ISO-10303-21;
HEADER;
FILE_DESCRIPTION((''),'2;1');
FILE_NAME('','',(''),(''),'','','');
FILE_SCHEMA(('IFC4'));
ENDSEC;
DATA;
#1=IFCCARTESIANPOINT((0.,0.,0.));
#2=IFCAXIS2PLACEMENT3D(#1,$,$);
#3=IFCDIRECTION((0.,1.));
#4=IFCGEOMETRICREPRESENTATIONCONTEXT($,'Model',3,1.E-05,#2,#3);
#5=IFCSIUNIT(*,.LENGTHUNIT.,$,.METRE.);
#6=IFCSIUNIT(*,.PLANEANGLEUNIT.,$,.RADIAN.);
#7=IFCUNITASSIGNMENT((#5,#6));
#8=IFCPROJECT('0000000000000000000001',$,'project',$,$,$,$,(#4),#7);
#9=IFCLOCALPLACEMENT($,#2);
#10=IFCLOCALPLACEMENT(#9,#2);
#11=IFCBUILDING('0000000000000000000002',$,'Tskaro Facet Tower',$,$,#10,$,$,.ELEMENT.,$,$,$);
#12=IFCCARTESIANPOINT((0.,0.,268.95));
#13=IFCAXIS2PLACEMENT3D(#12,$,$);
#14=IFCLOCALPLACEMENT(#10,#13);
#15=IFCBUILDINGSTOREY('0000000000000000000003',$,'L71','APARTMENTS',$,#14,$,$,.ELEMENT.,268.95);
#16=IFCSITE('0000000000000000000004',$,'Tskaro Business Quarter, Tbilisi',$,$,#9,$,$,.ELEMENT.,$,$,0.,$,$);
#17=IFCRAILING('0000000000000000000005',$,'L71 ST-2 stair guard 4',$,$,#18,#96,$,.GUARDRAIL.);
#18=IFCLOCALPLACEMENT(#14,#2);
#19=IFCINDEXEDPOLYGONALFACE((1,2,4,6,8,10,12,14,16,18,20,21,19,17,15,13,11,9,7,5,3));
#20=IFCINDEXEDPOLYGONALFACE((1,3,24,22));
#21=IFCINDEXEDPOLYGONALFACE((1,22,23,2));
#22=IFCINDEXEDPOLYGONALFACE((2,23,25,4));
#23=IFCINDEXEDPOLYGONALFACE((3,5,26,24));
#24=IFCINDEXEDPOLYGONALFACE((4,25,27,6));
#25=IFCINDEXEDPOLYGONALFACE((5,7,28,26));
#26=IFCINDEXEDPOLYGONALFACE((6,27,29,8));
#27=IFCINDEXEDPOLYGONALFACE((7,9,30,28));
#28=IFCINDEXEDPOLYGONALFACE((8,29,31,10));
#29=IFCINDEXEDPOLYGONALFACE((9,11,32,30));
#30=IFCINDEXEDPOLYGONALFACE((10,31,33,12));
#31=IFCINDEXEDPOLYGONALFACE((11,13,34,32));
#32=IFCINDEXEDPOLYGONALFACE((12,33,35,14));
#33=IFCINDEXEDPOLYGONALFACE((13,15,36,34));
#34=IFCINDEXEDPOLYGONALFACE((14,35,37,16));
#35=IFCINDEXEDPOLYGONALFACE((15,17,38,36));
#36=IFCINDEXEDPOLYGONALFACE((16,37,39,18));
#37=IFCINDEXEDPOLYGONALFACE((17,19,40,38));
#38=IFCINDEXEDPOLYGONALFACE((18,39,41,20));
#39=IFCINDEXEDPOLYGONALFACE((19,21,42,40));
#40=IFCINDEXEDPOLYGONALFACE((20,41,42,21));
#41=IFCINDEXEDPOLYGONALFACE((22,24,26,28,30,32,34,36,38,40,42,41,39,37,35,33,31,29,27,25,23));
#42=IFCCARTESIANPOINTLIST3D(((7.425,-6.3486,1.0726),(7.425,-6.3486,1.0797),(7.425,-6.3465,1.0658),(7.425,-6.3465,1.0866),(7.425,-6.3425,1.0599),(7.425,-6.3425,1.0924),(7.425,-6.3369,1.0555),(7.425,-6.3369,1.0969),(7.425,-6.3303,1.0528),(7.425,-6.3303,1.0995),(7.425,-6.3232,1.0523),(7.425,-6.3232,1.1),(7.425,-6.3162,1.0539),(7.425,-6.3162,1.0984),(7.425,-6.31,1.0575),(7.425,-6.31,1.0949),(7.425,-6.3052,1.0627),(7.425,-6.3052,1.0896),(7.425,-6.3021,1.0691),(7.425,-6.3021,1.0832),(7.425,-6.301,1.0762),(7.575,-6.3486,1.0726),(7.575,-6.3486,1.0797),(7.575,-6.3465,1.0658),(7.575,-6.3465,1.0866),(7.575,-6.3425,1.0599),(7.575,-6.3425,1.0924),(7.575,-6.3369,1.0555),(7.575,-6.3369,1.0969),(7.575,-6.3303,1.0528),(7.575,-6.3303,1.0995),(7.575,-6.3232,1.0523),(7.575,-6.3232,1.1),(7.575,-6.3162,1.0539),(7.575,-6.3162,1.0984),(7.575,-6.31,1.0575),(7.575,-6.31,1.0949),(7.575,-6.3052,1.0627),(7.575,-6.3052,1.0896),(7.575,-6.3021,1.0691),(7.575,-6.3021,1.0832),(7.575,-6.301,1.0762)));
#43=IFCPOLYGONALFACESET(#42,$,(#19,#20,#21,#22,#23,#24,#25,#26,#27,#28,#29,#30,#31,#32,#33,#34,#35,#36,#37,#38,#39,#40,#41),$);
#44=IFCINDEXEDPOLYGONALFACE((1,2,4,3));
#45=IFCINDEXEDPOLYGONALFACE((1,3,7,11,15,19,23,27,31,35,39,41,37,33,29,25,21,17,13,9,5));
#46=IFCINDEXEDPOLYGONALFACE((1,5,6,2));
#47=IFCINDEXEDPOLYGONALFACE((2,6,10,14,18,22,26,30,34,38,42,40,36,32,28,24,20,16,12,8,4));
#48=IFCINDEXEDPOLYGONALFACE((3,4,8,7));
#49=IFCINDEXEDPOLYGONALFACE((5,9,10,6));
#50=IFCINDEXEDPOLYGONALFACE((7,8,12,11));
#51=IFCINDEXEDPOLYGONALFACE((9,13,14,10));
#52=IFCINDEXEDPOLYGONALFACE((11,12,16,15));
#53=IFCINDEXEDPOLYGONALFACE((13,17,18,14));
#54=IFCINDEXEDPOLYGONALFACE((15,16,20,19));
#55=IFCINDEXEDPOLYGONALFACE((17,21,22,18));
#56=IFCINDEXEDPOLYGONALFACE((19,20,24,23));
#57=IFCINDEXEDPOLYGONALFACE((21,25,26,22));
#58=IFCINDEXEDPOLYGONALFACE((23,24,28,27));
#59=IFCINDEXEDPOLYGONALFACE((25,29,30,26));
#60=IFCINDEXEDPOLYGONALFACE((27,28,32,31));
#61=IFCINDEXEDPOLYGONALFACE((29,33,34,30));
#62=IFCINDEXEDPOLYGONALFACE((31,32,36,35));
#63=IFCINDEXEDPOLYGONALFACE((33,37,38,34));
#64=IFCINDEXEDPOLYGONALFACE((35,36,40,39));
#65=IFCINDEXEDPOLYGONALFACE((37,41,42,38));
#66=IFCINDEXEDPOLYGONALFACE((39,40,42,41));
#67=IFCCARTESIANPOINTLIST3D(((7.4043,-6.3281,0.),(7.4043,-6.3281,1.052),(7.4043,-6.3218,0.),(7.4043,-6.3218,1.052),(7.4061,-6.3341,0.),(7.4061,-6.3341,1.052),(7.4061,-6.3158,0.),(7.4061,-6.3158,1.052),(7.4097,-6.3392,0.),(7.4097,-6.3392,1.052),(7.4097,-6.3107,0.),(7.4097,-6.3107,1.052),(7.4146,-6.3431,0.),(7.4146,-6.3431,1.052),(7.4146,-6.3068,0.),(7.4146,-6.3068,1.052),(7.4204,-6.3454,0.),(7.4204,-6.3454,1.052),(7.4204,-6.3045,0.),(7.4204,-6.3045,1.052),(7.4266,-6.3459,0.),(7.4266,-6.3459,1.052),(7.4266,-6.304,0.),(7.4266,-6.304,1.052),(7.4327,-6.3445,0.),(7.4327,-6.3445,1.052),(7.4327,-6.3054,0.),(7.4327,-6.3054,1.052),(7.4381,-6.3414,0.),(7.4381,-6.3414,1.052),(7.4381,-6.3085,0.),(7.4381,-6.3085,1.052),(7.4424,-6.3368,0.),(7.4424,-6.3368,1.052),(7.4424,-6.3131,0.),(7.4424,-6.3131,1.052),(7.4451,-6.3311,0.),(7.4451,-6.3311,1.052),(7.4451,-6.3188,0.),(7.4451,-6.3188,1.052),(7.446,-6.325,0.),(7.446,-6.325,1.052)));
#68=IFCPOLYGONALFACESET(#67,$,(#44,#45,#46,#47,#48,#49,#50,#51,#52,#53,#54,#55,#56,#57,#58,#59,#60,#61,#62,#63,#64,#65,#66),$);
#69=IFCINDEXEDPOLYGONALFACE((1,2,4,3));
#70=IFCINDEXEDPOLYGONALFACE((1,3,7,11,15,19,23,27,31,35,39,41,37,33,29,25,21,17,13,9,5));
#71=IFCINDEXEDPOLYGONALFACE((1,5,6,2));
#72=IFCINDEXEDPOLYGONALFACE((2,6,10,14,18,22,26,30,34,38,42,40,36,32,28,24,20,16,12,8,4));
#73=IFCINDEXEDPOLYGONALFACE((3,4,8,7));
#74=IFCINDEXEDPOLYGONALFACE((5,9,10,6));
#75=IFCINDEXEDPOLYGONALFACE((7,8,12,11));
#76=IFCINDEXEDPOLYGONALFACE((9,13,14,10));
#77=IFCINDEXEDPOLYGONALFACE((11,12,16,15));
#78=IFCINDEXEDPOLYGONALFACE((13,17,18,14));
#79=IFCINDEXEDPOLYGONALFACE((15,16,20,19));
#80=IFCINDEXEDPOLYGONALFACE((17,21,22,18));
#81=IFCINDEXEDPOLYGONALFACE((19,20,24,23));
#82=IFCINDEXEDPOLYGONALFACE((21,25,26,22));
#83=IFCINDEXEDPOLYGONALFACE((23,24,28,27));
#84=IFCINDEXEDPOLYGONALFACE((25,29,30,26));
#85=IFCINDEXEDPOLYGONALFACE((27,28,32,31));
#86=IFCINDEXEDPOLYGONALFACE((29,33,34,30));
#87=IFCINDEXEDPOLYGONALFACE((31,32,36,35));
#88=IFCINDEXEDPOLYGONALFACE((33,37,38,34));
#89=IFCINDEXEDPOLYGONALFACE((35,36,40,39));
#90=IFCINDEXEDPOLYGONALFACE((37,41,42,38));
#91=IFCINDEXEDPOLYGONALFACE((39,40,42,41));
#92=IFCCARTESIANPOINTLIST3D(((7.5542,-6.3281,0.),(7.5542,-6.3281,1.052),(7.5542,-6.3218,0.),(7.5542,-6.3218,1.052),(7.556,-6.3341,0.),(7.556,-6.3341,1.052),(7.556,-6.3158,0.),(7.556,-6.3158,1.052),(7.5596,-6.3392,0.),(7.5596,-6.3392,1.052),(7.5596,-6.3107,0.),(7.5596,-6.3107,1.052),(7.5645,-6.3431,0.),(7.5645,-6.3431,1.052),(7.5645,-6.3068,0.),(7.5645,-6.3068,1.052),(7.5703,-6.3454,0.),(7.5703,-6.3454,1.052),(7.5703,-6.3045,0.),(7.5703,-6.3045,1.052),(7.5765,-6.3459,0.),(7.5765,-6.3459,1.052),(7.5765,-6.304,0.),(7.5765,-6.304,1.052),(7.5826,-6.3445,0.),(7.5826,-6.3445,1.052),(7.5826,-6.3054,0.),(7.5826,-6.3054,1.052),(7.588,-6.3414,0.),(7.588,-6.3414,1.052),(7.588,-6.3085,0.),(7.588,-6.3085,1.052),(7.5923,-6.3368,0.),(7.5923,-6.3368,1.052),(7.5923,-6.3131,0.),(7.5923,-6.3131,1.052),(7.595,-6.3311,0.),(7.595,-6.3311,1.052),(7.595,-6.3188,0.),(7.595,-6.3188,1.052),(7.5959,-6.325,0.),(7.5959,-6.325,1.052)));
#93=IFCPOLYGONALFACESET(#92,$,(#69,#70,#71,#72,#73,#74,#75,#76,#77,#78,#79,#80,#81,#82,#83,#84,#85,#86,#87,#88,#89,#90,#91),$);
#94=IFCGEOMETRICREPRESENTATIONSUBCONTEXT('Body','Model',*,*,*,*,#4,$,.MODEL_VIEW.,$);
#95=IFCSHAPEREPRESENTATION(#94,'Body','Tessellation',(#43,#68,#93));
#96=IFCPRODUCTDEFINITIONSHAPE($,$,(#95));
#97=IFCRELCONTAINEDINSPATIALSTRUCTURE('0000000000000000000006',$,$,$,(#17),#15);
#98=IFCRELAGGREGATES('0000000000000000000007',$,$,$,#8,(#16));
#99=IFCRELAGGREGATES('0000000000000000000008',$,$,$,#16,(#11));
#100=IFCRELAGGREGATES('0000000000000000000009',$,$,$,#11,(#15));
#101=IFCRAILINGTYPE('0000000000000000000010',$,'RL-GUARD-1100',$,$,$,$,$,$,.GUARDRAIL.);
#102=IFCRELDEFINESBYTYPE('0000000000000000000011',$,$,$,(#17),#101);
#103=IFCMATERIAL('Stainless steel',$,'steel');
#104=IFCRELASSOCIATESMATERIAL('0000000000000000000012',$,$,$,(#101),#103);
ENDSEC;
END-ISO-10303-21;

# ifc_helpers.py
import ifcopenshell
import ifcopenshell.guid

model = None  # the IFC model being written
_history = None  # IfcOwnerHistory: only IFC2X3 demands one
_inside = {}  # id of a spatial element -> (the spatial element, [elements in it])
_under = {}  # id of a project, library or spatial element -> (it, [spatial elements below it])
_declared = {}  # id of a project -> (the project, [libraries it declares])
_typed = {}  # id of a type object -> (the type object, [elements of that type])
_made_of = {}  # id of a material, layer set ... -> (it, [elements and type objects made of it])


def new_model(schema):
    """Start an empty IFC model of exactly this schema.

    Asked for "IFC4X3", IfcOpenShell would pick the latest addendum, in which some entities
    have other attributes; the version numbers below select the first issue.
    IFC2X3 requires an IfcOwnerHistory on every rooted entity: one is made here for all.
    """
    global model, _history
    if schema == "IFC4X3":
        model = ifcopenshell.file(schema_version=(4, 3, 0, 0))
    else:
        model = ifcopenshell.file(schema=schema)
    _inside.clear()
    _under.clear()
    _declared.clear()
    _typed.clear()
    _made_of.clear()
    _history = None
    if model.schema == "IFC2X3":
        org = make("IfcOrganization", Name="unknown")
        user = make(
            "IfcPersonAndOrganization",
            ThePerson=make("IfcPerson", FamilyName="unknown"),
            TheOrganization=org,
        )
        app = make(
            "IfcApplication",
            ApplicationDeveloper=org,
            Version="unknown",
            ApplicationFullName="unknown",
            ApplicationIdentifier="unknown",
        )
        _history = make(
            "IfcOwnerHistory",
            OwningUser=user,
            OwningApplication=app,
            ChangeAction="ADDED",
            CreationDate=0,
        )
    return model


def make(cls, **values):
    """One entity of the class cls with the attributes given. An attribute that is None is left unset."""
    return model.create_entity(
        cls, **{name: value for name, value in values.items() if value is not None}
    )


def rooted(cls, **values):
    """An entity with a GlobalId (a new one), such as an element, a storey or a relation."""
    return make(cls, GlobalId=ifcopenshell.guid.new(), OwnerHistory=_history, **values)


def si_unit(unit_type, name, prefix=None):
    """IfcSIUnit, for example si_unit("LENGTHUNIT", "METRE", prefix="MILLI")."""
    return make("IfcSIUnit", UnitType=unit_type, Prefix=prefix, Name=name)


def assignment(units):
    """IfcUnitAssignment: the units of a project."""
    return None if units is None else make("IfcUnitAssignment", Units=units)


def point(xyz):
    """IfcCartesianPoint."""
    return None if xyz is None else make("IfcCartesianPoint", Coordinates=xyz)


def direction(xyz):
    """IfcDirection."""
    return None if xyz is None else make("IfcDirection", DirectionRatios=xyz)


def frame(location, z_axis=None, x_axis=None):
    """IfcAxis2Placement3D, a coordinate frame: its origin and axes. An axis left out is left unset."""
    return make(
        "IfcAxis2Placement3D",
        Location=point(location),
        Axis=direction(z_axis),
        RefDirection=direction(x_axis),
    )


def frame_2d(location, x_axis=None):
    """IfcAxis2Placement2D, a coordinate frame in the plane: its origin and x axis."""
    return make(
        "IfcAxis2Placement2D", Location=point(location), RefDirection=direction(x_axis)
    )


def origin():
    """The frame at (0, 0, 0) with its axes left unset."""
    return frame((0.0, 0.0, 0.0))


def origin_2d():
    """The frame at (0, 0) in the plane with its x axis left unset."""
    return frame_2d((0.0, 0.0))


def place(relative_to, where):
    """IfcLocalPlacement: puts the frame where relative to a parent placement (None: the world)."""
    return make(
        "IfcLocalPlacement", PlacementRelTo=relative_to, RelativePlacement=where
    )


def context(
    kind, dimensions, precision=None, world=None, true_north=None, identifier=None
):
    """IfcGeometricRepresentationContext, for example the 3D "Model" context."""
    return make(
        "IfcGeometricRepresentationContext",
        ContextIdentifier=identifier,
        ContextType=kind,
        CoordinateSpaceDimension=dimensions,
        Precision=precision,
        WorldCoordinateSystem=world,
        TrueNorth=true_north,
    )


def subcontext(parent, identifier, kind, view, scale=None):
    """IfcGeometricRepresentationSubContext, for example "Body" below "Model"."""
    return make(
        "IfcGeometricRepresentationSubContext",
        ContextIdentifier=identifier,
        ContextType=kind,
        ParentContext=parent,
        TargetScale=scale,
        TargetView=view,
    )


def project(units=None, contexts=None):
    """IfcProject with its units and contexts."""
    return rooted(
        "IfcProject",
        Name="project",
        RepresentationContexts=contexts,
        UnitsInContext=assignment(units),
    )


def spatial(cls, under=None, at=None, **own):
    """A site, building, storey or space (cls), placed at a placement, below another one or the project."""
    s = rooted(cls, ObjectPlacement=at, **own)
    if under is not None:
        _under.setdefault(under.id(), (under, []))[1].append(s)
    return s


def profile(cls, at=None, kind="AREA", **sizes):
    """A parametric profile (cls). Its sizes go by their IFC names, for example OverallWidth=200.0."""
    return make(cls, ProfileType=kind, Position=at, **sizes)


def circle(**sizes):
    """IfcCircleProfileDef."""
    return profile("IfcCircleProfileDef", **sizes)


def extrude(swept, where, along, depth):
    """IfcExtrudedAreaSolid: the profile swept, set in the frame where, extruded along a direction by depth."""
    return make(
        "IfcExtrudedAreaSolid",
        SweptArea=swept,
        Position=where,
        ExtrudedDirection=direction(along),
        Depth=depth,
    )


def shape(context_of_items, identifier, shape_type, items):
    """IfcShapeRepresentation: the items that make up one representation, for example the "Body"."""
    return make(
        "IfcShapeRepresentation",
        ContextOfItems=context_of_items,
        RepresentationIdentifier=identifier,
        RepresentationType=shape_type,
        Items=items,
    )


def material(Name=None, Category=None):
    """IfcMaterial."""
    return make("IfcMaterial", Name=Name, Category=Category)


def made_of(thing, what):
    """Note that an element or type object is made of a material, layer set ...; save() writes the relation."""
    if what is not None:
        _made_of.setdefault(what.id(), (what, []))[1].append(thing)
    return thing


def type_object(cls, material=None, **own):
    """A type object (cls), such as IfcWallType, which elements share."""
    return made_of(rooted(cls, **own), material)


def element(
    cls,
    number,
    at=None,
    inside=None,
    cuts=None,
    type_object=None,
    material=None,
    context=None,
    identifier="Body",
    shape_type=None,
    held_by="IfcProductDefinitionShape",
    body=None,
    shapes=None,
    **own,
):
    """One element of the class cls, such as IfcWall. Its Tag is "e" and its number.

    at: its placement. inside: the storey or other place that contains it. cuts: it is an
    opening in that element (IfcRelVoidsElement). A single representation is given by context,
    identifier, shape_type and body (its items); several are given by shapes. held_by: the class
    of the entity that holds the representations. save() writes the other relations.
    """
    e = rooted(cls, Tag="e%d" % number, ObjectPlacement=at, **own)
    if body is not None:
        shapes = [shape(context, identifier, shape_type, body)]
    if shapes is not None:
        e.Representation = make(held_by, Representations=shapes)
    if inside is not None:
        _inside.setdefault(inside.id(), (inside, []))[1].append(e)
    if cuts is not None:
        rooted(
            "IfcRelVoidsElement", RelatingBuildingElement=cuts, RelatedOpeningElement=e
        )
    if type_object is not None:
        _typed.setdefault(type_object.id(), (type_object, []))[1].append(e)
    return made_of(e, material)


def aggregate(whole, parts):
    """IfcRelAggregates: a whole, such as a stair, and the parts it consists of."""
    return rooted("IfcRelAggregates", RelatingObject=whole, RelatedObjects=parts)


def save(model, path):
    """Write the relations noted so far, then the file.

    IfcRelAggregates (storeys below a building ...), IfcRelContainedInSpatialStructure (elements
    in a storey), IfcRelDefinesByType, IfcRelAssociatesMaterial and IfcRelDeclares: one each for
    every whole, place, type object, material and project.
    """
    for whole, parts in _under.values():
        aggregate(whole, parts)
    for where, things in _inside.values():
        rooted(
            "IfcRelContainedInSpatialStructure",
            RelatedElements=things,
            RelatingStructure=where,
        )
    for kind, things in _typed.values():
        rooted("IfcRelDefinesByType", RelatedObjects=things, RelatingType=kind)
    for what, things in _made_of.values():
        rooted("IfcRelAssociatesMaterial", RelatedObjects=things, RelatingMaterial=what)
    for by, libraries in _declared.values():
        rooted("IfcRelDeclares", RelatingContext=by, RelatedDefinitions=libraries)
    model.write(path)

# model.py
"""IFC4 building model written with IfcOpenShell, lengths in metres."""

from ifc_helpers import new_model, si_unit, direction, frame, origin, origin_2d, place, context, subcontext, project, spatial, circle, extrude, material, type_object, element, save


model = new_model("IFC4")

# Units and contexts
model_context = context("Model", 3, precision=1e-05, world=origin(), true_north=direction((0.0, 1.0)))
body_context = subcontext(model_context, "Body", "Model", "MODEL_VIEW")
ifc_project = project(units=[si_unit("LENGTHUNIT", "METRE"), si_unit("PLANEANGLEUNIT", "RADIAN")], contexts=[model_context])

# Site, building, storey
site_placement = place(None, origin())
site = spatial("IfcSite", under=ifc_project, at=site_placement, Name="Tskaro Business Quarter, Tbilisi", CompositionType="ELEMENT", RefElevation=0.0)
building_placement = place(site_placement, origin())
building = spatial("IfcBuilding", under=site, at=building_placement, Name="Tskaro Facet Tower", CompositionType="ELEMENT")
storey_placement = place(building_placement, frame((0.0, 0.0, 268.95)))
storey = spatial("IfcBuildingStorey", under=building, at=storey_placement, Name="L71", Description="APARTMENTS", CompositionType="ELEMENT", Elevation=268.95)

# Railing
ifc_material_1 = material(Name="Stainless steel", Category="steel")
railing_type_1 = type_object("IfcRailingType", Name="RL-GUARD-1100", PredefinedType="GUARDRAIL", material=ifc_material_1)
railing_1_placement = place(storey_placement, frame((7.425, -6.325, 0.0)))
element("IfcRailing", 1, at=railing_1_placement, inside=storey, type_object=railing_type_1, Name="L71 ST-2 stair guard 4", PredefinedType="GUARDRAIL", context=body_context, shape_type="SweptSolid", body=[
    extrude(circle(Radius=0.0239, at=origin_2d()), frame((0.0, 0.0, 1.0762), z_axis=(1.0, 0.0, 0.0), x_axis=(0.0, 1.0, 0.0)), (0.0, 0.0, 1.0), 0.1499),
    extrude(circle(Radius=0.021, at=origin_2d()), origin(), (0.0, 0.0, 1.0), 1.052),
    extrude(circle(Radius=0.021, at=origin_2d()), frame((0.1499, 0.0, 0.0)), (0.0, 0.0, 1.0), 1.052),
])

save(model, "model.ifc")
